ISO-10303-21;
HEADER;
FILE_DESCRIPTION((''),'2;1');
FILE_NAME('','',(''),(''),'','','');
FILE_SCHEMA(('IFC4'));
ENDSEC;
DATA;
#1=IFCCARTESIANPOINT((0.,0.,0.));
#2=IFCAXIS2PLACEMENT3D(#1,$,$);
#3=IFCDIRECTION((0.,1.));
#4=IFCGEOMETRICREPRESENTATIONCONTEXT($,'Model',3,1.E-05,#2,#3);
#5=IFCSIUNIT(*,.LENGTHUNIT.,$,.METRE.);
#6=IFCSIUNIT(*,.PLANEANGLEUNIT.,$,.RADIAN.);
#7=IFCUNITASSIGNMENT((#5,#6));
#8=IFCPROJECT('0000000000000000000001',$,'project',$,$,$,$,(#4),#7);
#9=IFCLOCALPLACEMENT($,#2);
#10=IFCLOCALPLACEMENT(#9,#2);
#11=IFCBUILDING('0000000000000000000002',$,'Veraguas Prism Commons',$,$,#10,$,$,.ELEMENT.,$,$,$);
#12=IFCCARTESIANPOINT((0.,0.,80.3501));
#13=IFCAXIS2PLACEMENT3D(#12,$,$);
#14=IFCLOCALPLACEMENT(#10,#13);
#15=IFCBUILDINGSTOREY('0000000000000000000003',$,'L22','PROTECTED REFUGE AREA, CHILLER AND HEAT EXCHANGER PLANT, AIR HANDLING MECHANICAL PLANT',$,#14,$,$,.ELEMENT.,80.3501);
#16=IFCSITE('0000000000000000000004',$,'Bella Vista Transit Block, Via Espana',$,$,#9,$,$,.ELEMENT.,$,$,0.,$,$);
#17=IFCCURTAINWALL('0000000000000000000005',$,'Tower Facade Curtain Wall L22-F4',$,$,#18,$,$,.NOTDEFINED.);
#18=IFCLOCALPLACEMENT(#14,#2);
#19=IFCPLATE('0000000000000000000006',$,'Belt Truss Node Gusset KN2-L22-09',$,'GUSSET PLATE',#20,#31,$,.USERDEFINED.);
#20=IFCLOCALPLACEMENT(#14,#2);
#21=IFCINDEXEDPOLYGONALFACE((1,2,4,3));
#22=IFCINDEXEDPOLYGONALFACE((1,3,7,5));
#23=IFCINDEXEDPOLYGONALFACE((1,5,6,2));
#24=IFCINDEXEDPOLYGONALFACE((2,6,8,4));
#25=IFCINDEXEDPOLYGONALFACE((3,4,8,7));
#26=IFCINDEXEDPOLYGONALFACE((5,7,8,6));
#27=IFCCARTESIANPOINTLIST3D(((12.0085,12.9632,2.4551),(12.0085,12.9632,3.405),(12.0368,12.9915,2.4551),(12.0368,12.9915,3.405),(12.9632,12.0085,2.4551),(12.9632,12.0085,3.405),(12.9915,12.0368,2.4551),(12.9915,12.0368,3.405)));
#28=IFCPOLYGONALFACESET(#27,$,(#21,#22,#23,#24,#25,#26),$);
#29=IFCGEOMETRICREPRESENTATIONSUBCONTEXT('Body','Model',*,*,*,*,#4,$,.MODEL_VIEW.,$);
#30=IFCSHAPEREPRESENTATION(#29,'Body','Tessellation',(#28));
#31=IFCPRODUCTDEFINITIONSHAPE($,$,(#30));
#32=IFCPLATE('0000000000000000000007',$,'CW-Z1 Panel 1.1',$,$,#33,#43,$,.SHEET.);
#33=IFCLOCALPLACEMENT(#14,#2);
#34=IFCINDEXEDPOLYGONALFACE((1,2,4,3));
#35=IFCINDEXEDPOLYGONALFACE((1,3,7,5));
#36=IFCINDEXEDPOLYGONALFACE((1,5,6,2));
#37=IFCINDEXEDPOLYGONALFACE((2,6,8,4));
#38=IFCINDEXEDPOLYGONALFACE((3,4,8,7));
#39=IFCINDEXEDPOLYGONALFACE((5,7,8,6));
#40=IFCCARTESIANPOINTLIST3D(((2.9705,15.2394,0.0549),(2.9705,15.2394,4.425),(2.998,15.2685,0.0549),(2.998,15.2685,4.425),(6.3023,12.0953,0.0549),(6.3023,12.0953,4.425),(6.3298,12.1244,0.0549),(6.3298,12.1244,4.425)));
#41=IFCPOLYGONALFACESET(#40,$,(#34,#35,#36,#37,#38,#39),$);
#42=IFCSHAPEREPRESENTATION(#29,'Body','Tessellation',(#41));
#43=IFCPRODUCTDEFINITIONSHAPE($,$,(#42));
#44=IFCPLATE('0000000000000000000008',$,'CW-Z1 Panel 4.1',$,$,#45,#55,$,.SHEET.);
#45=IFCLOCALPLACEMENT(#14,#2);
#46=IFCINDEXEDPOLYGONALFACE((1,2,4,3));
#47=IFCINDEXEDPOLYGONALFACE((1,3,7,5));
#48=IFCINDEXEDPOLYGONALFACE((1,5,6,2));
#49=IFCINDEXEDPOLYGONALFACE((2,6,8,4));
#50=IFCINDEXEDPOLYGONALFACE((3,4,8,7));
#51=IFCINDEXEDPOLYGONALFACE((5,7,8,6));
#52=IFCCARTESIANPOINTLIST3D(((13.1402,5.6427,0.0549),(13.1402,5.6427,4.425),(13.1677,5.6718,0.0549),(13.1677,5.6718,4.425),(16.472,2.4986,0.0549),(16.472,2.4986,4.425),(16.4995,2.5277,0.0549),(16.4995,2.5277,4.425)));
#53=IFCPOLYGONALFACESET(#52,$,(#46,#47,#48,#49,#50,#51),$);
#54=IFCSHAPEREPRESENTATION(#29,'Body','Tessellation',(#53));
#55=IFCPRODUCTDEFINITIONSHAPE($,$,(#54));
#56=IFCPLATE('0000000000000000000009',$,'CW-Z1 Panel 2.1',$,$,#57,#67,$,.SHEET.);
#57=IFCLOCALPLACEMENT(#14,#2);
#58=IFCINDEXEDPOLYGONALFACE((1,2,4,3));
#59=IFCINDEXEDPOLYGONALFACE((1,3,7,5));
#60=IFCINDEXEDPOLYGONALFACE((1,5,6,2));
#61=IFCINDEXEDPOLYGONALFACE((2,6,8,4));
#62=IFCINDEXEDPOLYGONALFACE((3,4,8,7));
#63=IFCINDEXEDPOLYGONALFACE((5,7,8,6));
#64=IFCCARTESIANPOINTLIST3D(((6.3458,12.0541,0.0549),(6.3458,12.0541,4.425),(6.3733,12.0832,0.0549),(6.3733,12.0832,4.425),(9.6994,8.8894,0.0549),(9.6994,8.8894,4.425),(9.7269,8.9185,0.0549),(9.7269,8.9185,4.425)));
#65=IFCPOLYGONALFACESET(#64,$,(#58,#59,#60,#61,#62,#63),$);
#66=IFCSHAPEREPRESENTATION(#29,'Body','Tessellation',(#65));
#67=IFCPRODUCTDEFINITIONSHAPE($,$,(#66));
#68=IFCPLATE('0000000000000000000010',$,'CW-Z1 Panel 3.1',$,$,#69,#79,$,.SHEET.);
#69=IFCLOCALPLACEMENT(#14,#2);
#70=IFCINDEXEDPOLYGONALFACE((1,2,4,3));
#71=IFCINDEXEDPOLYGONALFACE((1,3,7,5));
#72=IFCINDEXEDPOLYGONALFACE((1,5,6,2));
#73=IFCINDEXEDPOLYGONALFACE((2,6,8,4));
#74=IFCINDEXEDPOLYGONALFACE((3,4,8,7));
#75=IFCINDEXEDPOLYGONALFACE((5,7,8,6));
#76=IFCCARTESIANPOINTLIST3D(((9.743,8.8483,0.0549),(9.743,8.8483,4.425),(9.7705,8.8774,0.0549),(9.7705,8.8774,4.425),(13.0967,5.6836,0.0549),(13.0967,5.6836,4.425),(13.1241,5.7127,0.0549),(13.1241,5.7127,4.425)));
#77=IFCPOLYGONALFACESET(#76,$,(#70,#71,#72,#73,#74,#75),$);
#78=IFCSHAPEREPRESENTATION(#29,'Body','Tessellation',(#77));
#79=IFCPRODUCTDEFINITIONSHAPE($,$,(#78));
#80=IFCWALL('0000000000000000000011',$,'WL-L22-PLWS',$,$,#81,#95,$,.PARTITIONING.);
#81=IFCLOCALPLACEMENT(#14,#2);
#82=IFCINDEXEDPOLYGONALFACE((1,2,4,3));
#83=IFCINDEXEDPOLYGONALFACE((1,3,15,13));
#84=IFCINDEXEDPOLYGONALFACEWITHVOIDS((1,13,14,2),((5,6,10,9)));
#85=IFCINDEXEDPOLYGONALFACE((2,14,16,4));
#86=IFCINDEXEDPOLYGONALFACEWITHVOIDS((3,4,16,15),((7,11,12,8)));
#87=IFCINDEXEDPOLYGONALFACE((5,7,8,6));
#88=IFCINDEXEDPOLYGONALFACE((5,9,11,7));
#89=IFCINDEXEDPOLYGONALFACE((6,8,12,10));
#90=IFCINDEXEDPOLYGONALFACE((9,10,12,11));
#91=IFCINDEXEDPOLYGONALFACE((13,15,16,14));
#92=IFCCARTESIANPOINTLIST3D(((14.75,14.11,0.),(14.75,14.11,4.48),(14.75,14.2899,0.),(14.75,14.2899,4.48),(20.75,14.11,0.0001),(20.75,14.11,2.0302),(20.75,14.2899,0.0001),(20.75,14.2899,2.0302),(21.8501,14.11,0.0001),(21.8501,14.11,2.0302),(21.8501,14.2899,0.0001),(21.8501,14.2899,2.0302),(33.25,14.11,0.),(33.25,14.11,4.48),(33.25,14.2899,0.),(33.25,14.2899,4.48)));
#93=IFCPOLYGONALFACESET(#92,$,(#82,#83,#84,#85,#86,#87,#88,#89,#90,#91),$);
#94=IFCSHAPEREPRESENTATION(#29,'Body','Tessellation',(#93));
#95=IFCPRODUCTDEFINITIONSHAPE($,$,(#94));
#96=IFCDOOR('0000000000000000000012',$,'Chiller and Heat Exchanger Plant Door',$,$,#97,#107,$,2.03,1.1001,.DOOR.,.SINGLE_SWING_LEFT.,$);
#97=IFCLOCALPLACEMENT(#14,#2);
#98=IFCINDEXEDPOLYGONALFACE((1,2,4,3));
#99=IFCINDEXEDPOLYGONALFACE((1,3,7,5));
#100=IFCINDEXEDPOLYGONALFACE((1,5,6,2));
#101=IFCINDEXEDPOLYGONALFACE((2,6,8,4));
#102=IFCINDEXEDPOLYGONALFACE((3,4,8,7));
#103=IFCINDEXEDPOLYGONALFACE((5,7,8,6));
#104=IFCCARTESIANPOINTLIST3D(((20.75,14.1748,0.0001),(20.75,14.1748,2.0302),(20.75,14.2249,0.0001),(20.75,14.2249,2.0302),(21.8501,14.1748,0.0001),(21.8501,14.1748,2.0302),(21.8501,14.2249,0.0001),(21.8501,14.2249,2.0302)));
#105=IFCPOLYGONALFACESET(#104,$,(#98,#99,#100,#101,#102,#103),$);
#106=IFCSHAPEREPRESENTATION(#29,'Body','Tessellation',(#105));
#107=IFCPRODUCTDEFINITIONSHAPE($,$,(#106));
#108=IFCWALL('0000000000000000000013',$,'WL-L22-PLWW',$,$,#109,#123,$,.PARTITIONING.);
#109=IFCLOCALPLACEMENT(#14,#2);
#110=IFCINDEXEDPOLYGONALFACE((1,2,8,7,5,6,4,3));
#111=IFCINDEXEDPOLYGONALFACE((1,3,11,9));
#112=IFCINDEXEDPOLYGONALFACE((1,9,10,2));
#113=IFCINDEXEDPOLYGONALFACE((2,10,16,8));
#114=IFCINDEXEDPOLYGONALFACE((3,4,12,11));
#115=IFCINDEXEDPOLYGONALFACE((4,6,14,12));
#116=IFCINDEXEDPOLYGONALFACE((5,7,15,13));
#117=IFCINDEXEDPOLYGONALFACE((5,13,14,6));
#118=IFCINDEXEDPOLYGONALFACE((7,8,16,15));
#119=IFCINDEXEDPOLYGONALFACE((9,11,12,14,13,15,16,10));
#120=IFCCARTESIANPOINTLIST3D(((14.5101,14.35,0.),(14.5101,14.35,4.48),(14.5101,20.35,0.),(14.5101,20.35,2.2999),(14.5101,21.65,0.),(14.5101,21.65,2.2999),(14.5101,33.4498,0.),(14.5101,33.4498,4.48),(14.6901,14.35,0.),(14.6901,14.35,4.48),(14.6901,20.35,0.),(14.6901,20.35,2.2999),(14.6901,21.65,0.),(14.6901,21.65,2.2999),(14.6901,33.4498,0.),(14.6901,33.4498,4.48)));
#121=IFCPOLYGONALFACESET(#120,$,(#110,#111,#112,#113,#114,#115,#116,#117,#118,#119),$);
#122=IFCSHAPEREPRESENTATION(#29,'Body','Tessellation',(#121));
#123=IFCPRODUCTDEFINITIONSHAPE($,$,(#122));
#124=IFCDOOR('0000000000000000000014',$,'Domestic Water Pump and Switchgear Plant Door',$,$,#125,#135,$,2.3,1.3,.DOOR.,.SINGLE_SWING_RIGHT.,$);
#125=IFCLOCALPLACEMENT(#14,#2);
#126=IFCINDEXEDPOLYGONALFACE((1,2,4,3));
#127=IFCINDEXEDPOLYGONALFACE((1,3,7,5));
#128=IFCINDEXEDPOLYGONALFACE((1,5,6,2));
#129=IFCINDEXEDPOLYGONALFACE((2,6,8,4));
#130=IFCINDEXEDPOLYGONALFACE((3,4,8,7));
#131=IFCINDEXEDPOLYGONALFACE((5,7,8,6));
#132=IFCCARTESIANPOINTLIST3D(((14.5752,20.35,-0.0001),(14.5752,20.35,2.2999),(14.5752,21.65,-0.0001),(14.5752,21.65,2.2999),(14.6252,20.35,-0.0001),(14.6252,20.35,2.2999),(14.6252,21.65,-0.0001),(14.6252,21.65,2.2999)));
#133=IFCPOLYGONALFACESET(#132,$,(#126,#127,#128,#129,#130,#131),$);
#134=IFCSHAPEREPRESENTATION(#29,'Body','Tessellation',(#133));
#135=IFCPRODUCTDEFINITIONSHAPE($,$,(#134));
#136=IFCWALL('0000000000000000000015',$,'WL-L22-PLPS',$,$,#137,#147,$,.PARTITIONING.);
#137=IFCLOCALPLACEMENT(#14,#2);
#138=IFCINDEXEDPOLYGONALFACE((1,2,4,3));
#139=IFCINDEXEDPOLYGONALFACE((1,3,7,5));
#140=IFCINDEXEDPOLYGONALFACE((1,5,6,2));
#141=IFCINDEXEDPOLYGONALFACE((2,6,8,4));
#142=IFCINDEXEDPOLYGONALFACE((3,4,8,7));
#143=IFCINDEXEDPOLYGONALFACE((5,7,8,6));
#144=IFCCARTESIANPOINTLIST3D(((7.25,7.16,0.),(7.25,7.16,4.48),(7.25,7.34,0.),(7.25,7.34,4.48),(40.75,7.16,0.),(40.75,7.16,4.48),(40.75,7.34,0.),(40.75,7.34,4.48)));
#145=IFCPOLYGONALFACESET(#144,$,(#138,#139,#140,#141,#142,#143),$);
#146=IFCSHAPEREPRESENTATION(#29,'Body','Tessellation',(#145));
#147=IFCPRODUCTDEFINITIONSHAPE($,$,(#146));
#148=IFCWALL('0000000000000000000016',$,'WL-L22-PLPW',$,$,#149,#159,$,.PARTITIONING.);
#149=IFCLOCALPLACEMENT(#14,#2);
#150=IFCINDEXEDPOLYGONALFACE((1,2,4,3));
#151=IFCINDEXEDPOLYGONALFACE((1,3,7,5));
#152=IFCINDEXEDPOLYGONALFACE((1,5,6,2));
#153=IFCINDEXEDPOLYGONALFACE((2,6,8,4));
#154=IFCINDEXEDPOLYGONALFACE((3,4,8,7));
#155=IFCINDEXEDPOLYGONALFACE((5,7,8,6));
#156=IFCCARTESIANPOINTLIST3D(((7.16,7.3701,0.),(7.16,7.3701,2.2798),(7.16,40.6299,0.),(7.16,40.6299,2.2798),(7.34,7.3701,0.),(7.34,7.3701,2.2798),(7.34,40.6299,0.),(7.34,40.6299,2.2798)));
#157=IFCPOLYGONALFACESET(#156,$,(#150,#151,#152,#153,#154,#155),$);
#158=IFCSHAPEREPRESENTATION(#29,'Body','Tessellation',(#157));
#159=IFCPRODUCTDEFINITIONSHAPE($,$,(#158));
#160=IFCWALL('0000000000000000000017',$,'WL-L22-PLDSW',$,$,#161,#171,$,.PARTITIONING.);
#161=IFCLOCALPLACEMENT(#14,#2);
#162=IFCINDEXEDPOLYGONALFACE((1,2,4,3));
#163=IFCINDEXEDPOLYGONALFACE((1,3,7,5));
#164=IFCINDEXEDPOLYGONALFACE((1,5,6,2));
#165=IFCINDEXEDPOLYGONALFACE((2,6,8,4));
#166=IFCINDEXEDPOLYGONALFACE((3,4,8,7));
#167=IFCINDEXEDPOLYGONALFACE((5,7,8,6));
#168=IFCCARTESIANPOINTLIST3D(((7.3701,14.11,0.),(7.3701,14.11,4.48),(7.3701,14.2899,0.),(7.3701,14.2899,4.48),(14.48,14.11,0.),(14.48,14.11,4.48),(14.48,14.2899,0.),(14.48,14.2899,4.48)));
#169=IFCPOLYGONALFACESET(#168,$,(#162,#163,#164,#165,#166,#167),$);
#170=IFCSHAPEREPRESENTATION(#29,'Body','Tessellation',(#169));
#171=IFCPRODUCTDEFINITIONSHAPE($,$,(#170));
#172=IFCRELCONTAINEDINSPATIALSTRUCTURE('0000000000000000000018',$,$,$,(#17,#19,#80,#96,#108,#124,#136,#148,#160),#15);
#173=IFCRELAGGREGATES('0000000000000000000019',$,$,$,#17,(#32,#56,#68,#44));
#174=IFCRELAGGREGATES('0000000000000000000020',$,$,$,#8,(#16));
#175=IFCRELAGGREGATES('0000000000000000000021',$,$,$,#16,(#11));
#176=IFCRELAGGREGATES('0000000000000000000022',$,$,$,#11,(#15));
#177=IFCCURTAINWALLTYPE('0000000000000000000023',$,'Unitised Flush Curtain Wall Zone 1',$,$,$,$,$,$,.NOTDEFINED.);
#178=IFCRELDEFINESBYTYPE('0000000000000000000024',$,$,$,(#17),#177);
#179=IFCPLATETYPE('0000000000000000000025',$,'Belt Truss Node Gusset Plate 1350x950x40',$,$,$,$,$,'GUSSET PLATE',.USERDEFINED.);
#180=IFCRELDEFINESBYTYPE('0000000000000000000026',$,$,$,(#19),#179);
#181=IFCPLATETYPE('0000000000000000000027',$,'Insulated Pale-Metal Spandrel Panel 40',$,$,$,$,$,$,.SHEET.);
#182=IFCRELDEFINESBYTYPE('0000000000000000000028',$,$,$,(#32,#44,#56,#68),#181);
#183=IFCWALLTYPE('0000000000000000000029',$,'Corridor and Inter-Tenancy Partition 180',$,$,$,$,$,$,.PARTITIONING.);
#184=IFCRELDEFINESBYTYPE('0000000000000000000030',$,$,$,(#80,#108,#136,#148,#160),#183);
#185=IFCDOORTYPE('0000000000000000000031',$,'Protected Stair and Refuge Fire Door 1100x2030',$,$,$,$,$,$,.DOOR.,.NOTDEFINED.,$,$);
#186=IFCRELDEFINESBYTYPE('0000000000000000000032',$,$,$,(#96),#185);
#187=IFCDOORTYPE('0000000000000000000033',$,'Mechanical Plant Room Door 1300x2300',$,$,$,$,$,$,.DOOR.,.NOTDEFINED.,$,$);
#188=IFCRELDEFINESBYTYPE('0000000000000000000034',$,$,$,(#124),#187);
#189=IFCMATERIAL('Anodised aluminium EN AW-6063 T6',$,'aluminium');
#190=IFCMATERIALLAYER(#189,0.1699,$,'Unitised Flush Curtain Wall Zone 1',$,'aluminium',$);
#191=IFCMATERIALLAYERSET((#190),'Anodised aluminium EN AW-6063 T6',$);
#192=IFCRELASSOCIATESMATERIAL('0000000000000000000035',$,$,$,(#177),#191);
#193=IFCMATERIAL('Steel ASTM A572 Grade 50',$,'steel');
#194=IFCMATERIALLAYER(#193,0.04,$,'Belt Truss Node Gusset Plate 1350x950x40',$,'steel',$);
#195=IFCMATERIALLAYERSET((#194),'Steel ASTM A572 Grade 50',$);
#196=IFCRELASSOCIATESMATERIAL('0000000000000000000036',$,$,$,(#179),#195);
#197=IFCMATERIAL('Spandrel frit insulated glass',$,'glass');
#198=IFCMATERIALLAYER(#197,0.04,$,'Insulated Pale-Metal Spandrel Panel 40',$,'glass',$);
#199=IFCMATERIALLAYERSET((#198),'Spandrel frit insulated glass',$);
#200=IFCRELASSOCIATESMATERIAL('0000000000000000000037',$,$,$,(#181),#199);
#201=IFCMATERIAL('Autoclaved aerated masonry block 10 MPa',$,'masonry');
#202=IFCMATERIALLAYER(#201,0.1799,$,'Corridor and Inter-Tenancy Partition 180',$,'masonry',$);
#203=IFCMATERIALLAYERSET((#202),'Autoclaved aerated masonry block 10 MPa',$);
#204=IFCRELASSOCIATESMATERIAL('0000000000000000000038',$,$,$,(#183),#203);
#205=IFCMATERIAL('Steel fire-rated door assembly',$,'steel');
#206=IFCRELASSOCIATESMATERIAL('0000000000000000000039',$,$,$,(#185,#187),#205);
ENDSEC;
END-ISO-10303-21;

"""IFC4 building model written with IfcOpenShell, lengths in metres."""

from ifc_helpers import new_model, si_unit, direction, frame, frame_2d, origin, origin_2d, place, context, subcontext, project, spatial, rectangle, extrude, source, transform, mapped, material, layer, layer_set, type_object, element, fill, aggregate, save


model = new_model("IFC4")

# Units and contexts
model_context = context("Model", 3, precision=1e-05, world=origin(), true_north=direction((0.0, 1.0)))
body_context = subcontext(model_context, "Body", "Model", "MODEL_VIEW")
ifc_project = project(units=[si_unit("LENGTHUNIT", "METRE"), si_unit("PLANEANGLEUNIT", "RADIAN")], contexts=[model_context])

# Site, building, storey
site_placement = place(None, origin())
site = spatial("IfcSite", under=ifc_project, at=site_placement, Name="Bella Vista Transit Block, Via Espana", CompositionType="ELEMENT", RefElevation=0.0)
building_placement = place(site_placement, origin())
building = spatial("IfcBuilding", under=site, at=building_placement, Name="Veraguas Prism Commons", CompositionType="ELEMENT")
storey_placement = place(building_placement, frame((0.0, 0.0, 80.3501)))
storey = spatial("IfcBuildingStorey", under=building, at=storey_placement, Name="L22", Description="PROTECTED REFUGE AREA, CHILLER AND HEAT EXCHANGER PLANT, AIR HANDLING MECHANICAL PLANT", CompositionType="ELEMENT", Elevation=80.3501)

# Curtain wall
ifc_material_1 = material(Name="Anodised aluminium EN AW-6063 T6", Category="aluminium")
ifc_layer_1 = layer(ifc_material_1, 0.1699, Name="Unitised Flush Curtain Wall Zone 1", Category="aluminium")
ifc_layer_set_1 = layer_set([ifc_layer_1], Name="Anodised aluminium EN AW-6063 T6")
curtain_wall_type = type_object("IfcCurtainWallType", Name="Unitised Flush Curtain Wall Zone 1", PredefinedType="NOTDEFINED", material=ifc_layer_set_1)
curtain_wall_placement = place(storey_placement, origin())
curtain_wall = element("IfcCurtainWall", 1, at=curtain_wall_placement, inside=storey, type_object=curtain_wall_type, Name="Tower Facade Curtain Wall L22-F4", PredefinedType="NOTDEFINED")

# Plate
ifc_material_2 = material(Name="Steel ASTM A572 Grade 50", Category="steel")
ifc_layer_2 = layer(ifc_material_2, 0.04, Name="Belt Truss Node Gusset Plate 1350x950x40", Category="steel")
ifc_layer_set_2 = layer_set([ifc_layer_2], Name="Steel ASTM A572 Grade 50")
plate_type_1 = type_object("IfcPlateType", Name="Belt Truss Node Gusset Plate 1350x950x40", ElementType="GUSSET PLATE", PredefinedType="USERDEFINED", material=ifc_layer_set_2)
shared_shape_1 = source(origin(), body_context, "Body", "SweptSolid", [
    extrude(rectangle(XDim=1.3501, YDim=0.04, at=origin_2d()), origin(), (0.0, 0.0, 1.0), 0.95),
])
plate_1_placement = place(storey_placement, frame((12.5, 12.5, 2.4551), z_axis=(0.0, 0.0, 1.0), x_axis=(0.707107, -0.707107, 0.0)))
element("IfcPlate", 2, at=plate_1_placement, inside=storey, type_object=plate_type_1, Name="Belt Truss Node Gusset KN2-L22-09", ObjectType="GUSSET PLATE", PredefinedType="USERDEFINED", context=body_context, shape_type="MappedRepresentation", body=[
    mapped(shared_shape_1, transform((0.0, 0.0, 0.0), scale=1.0)),
])

# Plates
ifc_material_3 = material(Name="Spandrel frit insulated glass", Category="glass")
ifc_layer_3 = layer(ifc_material_3, 0.04, Name="Insulated Pale-Metal Spandrel Panel 40", Category="glass")
ifc_layer_set_3 = layer_set([ifc_layer_3], Name="Spandrel frit insulated glass")
plate_type_2 = type_object("IfcPlateType", Name="Insulated Pale-Metal Spandrel Panel 40", PredefinedType="SHEET", material=ifc_layer_set_3)
shared_shape_2 = source(origin(), body_context, "Body", "SweptSolid", [
    extrude(rectangle(XDim=4.5811, YDim=0.04, at=origin_2d()), origin(), (0.0, 0.0, 1.0), 4.3701),
])
plate_2_placement = place(storey_placement, frame((4.6501, 13.6819, 0.0549), z_axis=(0.0, 0.0, 1.0), x_axis=(0.727295, -0.686325, 0.0)))
plate_2 = element("IfcPlate", 3, at=plate_2_placement, type_object=plate_type_2, Name="CW-Z1 Panel 1.1", PredefinedType="SHEET", context=body_context, shape_type="MappedRepresentation", body=[
    mapped(shared_shape_2, transform((0.0, 0.0, 0.0), scale=1.0)),
])
plate_3_placement = place(storey_placement, frame((14.8198, 4.0852, 0.0549), z_axis=(0.0, 0.0, 1.0), x_axis=(0.727295, -0.686325, 0.0)))
plate_3 = element("IfcPlate", 4, at=plate_3_placement, type_object=plate_type_2, Name="CW-Z1 Panel 4.1", PredefinedType="SHEET", context=body_context, shape_type="MappedRepresentation", body=[
    mapped(shared_shape_2, transform((0.0, 0.0, 0.0), scale=1.0)),
])
shared_shape_3 = source(origin(), body_context, "Body", "SweptSolid", [
    extrude(rectangle(XDim=4.6111, YDim=0.04, at=origin_2d()), origin(), (0.0, 0.0, 1.0), 4.3701),
])
plate_4_placement = place(storey_placement, frame((8.0364, 10.4863, 0.0549), z_axis=(0.0, 0.0, 1.0), x_axis=(0.727295, -0.686325, 0.0)))
plate_4 = element("IfcPlate", 5, at=plate_4_placement, type_object=plate_type_2, Name="CW-Z1 Panel 2.1", PredefinedType="SHEET", context=body_context, shape_type="MappedRepresentation", body=[
    mapped(shared_shape_3, transform((0.0, 0.0, 0.0), scale=1.0)),
])
plate_5_placement = place(storey_placement, frame((11.4336, 7.2805, 0.0549), z_axis=(0.0, 0.0, 1.0), x_axis=(0.727295, -0.686325, 0.0)))
plate_5 = element("IfcPlate", 6, at=plate_5_placement, type_object=plate_type_2, Name="CW-Z1 Panel 3.1", PredefinedType="SHEET", context=body_context, shape_type="MappedRepresentation", body=[
    mapped(shared_shape_3, transform((0.0, 0.0, 0.0), scale=1.0)),
])
aggregate(curtain_wall, [plate_2, plate_4, plate_5, plate_3])

# Walls, openings, doors
ifc_material_4 = material(Name="Autoclaved aerated masonry block 10 MPa", Category="masonry")
ifc_layer_4 = layer(ifc_material_4, 0.1799, Name="Corridor and Inter-Tenancy Partition 180", Category="masonry")
ifc_layer_set_4 = layer_set([ifc_layer_4], Name="Autoclaved aerated masonry block 10 MPa")
wall_type = type_object("IfcWallType", Name="Corridor and Inter-Tenancy Partition 180", PredefinedType="PARTITIONING", material=ifc_layer_set_4)
wall_1_placement = place(storey_placement, frame((14.75, 14.2, 0.0), z_axis=(0.0, 0.0, 1.0), x_axis=(1.0, 0.0, 0.0)))
wall_1 = element("IfcWall", 7, at=wall_1_placement, inside=storey, type_object=wall_type, Name="WL-L22-PLWS", PredefinedType="PARTITIONING", context=body_context, shape_type="SweptSolid", body=[
    extrude(rectangle(XDim=18.5, YDim=0.1799, at=frame_2d((9.25, 0.0))), origin(), (0.0, 0.0, 1.0), 4.48),
])
opening_1_placement = place(wall_1_placement, frame((6.0, 0.0, 0.0)))
opening_1 = element("IfcOpeningElement", 8, at=opening_1_placement, cuts=wall_1, PredefinedType="OPENING", context=body_context, shape_type="SweptSolid", body=[
    extrude(rectangle(XDim=1.1001, YDim=2.03, at=frame_2d((0.55, 1.0151))), frame((0.0, 0.0999, 0.0), z_axis=(0.0, -1.0, 0.0), x_axis=(1.0, 0.0, 0.0)), (0.0, 0.0, 1.0), 0.2),
])
ifc_material_5 = material(Name="Steel fire-rated door assembly", Category="steel")
door_type_1 = type_object("IfcDoorType", Name="Protected Stair and Refuge Fire Door 1100x2030", OperationType="NOTDEFINED", PredefinedType="DOOR", material=ifc_material_5)
shared_shape_4 = source(origin(), body_context, "Body", "SweptSolid", [
    extrude(rectangle(XDim=1.1001, YDim=2.03, at=frame_2d((0.55, 1.0151))), frame((0.0, 0.0249, 0.0), z_axis=(0.0, -1.0, 0.0), x_axis=(1.0, 0.0, 0.0)), (0.0, 0.0, 1.0), 0.05),
])
door_1_placement = place(opening_1_placement, origin())
door_1 = element("IfcDoor", 9, at=door_1_placement, inside=storey, type_object=door_type_1, Name="Chiller and Heat Exchanger Plant Door", OperationType="SINGLE_SWING_LEFT", OverallHeight=2.03, OverallWidth=1.1001, PredefinedType="DOOR", context=body_context, shape_type="MappedRepresentation", body=[
    mapped(shared_shape_4, transform((0.0, 0.0, 0.0), scale=1.0)),
])
fill(opening_1, door_1)
wall_2_placement = place(storey_placement, frame((14.6001, 14.3501, 0.0), z_axis=(0.0, 0.0, 1.0), x_axis=(0.0, 1.0, 0.0)))
wall_2 = element("IfcWall", 10, at=wall_2_placement, inside=storey, type_object=wall_type, Name="WL-L22-PLWW", PredefinedType="PARTITIONING", context=body_context, shape_type="SweptSolid", body=[
    extrude(rectangle(XDim=19.0999, YDim=0.1799, at=frame_2d((9.5498, 0.0))), origin(), (0.0, 0.0, 1.0), 4.48),
])
opening_2_placement = place(wall_2_placement, frame((6.0, 0.0, 0.0)))
opening_2 = element("IfcOpeningElement", 11, at=opening_2_placement, cuts=wall_2, PredefinedType="OPENING", context=body_context, shape_type="SweptSolid", body=[
    extrude(rectangle(XDim=1.3, YDim=2.3, at=frame_2d((0.6499, 1.1499))), frame((0.0, 0.0999, 0.0), z_axis=(0.0, -1.0, 0.0), x_axis=(1.0, 0.0, 0.0)), (0.0, 0.0, 1.0), 0.2),
])
door_type_2 = type_object("IfcDoorType", Name="Mechanical Plant Room Door 1300x2300", OperationType="NOTDEFINED", PredefinedType="DOOR", material=ifc_material_5)
shared_shape_5 = source(origin(), body_context, "Body", "SweptSolid", [
    extrude(rectangle(XDim=1.3, YDim=2.3, at=frame_2d((0.6499, 1.1499))), frame((0.0, 0.0249, 0.0), z_axis=(0.0, -1.0, 0.0), x_axis=(1.0, 0.0, 0.0)), (0.0, 0.0, 1.0), 0.05),
])
door_2_placement = place(opening_2_placement, origin())
door_2 = element("IfcDoor", 12, at=door_2_placement, inside=storey, type_object=door_type_2, Name="Domestic Water Pump and Switchgear Plant Door", OperationType="SINGLE_SWING_RIGHT", OverallHeight=2.3, OverallWidth=1.3, PredefinedType="DOOR", context=body_context, shape_type="MappedRepresentation", body=[
    mapped(shared_shape_5, transform((0.0, 0.0, 0.0), scale=1.0)),
])
fill(opening_2, door_2)

# Walls
wall_3_placement = place(storey_placement, frame((7.25, 7.25, 0.0), z_axis=(0.0, 0.0, 1.0), x_axis=(1.0, 0.0, 0.0)))
element("IfcWall", 13, at=wall_3_placement, inside=storey, type_object=wall_type, Name="WL-L22-PLPS", PredefinedType="PARTITIONING", context=body_context, shape_type="SweptSolid", body=[
    extrude(rectangle(XDim=33.5, YDim=0.1799, at=frame_2d((16.75, 0.0))), origin(), (0.0, 0.0, 1.0), 4.48),
])
wall_4_placement = place(storey_placement, frame((7.25, 7.3701, 0.0), z_axis=(0.0, 0.0, 1.0), x_axis=(0.0, 1.0, 0.0)))
element("IfcWall", 14, at=wall_4_placement, inside=storey, type_object=wall_type, Name="WL-L22-PLPW", PredefinedType="PARTITIONING", context=body_context, shape_type="SweptSolid", body=[
    extrude(rectangle(XDim=33.2598, YDim=0.1799, at=frame_2d((16.6299, 0.0))), origin(), (0.0, 0.0, 1.0), 2.2798),
])
wall_5_placement = place(storey_placement, frame((7.3701, 14.2, 0.0), z_axis=(0.0, 0.0, 1.0), x_axis=(1.0, 0.0, 0.0)))
element("IfcWall", 15, at=wall_5_placement, inside=storey, type_object=wall_type, Name="WL-L22-PLDSW", PredefinedType="PARTITIONING", context=body_context, shape_type="SweptSolid", body=[
    extrude(rectangle(XDim=7.1099, YDim=0.1799, at=frame_2d((3.5549, 0.0))), origin(), (0.0, 0.0, 1.0), 4.48),
])

save(model, "model.ifc")
